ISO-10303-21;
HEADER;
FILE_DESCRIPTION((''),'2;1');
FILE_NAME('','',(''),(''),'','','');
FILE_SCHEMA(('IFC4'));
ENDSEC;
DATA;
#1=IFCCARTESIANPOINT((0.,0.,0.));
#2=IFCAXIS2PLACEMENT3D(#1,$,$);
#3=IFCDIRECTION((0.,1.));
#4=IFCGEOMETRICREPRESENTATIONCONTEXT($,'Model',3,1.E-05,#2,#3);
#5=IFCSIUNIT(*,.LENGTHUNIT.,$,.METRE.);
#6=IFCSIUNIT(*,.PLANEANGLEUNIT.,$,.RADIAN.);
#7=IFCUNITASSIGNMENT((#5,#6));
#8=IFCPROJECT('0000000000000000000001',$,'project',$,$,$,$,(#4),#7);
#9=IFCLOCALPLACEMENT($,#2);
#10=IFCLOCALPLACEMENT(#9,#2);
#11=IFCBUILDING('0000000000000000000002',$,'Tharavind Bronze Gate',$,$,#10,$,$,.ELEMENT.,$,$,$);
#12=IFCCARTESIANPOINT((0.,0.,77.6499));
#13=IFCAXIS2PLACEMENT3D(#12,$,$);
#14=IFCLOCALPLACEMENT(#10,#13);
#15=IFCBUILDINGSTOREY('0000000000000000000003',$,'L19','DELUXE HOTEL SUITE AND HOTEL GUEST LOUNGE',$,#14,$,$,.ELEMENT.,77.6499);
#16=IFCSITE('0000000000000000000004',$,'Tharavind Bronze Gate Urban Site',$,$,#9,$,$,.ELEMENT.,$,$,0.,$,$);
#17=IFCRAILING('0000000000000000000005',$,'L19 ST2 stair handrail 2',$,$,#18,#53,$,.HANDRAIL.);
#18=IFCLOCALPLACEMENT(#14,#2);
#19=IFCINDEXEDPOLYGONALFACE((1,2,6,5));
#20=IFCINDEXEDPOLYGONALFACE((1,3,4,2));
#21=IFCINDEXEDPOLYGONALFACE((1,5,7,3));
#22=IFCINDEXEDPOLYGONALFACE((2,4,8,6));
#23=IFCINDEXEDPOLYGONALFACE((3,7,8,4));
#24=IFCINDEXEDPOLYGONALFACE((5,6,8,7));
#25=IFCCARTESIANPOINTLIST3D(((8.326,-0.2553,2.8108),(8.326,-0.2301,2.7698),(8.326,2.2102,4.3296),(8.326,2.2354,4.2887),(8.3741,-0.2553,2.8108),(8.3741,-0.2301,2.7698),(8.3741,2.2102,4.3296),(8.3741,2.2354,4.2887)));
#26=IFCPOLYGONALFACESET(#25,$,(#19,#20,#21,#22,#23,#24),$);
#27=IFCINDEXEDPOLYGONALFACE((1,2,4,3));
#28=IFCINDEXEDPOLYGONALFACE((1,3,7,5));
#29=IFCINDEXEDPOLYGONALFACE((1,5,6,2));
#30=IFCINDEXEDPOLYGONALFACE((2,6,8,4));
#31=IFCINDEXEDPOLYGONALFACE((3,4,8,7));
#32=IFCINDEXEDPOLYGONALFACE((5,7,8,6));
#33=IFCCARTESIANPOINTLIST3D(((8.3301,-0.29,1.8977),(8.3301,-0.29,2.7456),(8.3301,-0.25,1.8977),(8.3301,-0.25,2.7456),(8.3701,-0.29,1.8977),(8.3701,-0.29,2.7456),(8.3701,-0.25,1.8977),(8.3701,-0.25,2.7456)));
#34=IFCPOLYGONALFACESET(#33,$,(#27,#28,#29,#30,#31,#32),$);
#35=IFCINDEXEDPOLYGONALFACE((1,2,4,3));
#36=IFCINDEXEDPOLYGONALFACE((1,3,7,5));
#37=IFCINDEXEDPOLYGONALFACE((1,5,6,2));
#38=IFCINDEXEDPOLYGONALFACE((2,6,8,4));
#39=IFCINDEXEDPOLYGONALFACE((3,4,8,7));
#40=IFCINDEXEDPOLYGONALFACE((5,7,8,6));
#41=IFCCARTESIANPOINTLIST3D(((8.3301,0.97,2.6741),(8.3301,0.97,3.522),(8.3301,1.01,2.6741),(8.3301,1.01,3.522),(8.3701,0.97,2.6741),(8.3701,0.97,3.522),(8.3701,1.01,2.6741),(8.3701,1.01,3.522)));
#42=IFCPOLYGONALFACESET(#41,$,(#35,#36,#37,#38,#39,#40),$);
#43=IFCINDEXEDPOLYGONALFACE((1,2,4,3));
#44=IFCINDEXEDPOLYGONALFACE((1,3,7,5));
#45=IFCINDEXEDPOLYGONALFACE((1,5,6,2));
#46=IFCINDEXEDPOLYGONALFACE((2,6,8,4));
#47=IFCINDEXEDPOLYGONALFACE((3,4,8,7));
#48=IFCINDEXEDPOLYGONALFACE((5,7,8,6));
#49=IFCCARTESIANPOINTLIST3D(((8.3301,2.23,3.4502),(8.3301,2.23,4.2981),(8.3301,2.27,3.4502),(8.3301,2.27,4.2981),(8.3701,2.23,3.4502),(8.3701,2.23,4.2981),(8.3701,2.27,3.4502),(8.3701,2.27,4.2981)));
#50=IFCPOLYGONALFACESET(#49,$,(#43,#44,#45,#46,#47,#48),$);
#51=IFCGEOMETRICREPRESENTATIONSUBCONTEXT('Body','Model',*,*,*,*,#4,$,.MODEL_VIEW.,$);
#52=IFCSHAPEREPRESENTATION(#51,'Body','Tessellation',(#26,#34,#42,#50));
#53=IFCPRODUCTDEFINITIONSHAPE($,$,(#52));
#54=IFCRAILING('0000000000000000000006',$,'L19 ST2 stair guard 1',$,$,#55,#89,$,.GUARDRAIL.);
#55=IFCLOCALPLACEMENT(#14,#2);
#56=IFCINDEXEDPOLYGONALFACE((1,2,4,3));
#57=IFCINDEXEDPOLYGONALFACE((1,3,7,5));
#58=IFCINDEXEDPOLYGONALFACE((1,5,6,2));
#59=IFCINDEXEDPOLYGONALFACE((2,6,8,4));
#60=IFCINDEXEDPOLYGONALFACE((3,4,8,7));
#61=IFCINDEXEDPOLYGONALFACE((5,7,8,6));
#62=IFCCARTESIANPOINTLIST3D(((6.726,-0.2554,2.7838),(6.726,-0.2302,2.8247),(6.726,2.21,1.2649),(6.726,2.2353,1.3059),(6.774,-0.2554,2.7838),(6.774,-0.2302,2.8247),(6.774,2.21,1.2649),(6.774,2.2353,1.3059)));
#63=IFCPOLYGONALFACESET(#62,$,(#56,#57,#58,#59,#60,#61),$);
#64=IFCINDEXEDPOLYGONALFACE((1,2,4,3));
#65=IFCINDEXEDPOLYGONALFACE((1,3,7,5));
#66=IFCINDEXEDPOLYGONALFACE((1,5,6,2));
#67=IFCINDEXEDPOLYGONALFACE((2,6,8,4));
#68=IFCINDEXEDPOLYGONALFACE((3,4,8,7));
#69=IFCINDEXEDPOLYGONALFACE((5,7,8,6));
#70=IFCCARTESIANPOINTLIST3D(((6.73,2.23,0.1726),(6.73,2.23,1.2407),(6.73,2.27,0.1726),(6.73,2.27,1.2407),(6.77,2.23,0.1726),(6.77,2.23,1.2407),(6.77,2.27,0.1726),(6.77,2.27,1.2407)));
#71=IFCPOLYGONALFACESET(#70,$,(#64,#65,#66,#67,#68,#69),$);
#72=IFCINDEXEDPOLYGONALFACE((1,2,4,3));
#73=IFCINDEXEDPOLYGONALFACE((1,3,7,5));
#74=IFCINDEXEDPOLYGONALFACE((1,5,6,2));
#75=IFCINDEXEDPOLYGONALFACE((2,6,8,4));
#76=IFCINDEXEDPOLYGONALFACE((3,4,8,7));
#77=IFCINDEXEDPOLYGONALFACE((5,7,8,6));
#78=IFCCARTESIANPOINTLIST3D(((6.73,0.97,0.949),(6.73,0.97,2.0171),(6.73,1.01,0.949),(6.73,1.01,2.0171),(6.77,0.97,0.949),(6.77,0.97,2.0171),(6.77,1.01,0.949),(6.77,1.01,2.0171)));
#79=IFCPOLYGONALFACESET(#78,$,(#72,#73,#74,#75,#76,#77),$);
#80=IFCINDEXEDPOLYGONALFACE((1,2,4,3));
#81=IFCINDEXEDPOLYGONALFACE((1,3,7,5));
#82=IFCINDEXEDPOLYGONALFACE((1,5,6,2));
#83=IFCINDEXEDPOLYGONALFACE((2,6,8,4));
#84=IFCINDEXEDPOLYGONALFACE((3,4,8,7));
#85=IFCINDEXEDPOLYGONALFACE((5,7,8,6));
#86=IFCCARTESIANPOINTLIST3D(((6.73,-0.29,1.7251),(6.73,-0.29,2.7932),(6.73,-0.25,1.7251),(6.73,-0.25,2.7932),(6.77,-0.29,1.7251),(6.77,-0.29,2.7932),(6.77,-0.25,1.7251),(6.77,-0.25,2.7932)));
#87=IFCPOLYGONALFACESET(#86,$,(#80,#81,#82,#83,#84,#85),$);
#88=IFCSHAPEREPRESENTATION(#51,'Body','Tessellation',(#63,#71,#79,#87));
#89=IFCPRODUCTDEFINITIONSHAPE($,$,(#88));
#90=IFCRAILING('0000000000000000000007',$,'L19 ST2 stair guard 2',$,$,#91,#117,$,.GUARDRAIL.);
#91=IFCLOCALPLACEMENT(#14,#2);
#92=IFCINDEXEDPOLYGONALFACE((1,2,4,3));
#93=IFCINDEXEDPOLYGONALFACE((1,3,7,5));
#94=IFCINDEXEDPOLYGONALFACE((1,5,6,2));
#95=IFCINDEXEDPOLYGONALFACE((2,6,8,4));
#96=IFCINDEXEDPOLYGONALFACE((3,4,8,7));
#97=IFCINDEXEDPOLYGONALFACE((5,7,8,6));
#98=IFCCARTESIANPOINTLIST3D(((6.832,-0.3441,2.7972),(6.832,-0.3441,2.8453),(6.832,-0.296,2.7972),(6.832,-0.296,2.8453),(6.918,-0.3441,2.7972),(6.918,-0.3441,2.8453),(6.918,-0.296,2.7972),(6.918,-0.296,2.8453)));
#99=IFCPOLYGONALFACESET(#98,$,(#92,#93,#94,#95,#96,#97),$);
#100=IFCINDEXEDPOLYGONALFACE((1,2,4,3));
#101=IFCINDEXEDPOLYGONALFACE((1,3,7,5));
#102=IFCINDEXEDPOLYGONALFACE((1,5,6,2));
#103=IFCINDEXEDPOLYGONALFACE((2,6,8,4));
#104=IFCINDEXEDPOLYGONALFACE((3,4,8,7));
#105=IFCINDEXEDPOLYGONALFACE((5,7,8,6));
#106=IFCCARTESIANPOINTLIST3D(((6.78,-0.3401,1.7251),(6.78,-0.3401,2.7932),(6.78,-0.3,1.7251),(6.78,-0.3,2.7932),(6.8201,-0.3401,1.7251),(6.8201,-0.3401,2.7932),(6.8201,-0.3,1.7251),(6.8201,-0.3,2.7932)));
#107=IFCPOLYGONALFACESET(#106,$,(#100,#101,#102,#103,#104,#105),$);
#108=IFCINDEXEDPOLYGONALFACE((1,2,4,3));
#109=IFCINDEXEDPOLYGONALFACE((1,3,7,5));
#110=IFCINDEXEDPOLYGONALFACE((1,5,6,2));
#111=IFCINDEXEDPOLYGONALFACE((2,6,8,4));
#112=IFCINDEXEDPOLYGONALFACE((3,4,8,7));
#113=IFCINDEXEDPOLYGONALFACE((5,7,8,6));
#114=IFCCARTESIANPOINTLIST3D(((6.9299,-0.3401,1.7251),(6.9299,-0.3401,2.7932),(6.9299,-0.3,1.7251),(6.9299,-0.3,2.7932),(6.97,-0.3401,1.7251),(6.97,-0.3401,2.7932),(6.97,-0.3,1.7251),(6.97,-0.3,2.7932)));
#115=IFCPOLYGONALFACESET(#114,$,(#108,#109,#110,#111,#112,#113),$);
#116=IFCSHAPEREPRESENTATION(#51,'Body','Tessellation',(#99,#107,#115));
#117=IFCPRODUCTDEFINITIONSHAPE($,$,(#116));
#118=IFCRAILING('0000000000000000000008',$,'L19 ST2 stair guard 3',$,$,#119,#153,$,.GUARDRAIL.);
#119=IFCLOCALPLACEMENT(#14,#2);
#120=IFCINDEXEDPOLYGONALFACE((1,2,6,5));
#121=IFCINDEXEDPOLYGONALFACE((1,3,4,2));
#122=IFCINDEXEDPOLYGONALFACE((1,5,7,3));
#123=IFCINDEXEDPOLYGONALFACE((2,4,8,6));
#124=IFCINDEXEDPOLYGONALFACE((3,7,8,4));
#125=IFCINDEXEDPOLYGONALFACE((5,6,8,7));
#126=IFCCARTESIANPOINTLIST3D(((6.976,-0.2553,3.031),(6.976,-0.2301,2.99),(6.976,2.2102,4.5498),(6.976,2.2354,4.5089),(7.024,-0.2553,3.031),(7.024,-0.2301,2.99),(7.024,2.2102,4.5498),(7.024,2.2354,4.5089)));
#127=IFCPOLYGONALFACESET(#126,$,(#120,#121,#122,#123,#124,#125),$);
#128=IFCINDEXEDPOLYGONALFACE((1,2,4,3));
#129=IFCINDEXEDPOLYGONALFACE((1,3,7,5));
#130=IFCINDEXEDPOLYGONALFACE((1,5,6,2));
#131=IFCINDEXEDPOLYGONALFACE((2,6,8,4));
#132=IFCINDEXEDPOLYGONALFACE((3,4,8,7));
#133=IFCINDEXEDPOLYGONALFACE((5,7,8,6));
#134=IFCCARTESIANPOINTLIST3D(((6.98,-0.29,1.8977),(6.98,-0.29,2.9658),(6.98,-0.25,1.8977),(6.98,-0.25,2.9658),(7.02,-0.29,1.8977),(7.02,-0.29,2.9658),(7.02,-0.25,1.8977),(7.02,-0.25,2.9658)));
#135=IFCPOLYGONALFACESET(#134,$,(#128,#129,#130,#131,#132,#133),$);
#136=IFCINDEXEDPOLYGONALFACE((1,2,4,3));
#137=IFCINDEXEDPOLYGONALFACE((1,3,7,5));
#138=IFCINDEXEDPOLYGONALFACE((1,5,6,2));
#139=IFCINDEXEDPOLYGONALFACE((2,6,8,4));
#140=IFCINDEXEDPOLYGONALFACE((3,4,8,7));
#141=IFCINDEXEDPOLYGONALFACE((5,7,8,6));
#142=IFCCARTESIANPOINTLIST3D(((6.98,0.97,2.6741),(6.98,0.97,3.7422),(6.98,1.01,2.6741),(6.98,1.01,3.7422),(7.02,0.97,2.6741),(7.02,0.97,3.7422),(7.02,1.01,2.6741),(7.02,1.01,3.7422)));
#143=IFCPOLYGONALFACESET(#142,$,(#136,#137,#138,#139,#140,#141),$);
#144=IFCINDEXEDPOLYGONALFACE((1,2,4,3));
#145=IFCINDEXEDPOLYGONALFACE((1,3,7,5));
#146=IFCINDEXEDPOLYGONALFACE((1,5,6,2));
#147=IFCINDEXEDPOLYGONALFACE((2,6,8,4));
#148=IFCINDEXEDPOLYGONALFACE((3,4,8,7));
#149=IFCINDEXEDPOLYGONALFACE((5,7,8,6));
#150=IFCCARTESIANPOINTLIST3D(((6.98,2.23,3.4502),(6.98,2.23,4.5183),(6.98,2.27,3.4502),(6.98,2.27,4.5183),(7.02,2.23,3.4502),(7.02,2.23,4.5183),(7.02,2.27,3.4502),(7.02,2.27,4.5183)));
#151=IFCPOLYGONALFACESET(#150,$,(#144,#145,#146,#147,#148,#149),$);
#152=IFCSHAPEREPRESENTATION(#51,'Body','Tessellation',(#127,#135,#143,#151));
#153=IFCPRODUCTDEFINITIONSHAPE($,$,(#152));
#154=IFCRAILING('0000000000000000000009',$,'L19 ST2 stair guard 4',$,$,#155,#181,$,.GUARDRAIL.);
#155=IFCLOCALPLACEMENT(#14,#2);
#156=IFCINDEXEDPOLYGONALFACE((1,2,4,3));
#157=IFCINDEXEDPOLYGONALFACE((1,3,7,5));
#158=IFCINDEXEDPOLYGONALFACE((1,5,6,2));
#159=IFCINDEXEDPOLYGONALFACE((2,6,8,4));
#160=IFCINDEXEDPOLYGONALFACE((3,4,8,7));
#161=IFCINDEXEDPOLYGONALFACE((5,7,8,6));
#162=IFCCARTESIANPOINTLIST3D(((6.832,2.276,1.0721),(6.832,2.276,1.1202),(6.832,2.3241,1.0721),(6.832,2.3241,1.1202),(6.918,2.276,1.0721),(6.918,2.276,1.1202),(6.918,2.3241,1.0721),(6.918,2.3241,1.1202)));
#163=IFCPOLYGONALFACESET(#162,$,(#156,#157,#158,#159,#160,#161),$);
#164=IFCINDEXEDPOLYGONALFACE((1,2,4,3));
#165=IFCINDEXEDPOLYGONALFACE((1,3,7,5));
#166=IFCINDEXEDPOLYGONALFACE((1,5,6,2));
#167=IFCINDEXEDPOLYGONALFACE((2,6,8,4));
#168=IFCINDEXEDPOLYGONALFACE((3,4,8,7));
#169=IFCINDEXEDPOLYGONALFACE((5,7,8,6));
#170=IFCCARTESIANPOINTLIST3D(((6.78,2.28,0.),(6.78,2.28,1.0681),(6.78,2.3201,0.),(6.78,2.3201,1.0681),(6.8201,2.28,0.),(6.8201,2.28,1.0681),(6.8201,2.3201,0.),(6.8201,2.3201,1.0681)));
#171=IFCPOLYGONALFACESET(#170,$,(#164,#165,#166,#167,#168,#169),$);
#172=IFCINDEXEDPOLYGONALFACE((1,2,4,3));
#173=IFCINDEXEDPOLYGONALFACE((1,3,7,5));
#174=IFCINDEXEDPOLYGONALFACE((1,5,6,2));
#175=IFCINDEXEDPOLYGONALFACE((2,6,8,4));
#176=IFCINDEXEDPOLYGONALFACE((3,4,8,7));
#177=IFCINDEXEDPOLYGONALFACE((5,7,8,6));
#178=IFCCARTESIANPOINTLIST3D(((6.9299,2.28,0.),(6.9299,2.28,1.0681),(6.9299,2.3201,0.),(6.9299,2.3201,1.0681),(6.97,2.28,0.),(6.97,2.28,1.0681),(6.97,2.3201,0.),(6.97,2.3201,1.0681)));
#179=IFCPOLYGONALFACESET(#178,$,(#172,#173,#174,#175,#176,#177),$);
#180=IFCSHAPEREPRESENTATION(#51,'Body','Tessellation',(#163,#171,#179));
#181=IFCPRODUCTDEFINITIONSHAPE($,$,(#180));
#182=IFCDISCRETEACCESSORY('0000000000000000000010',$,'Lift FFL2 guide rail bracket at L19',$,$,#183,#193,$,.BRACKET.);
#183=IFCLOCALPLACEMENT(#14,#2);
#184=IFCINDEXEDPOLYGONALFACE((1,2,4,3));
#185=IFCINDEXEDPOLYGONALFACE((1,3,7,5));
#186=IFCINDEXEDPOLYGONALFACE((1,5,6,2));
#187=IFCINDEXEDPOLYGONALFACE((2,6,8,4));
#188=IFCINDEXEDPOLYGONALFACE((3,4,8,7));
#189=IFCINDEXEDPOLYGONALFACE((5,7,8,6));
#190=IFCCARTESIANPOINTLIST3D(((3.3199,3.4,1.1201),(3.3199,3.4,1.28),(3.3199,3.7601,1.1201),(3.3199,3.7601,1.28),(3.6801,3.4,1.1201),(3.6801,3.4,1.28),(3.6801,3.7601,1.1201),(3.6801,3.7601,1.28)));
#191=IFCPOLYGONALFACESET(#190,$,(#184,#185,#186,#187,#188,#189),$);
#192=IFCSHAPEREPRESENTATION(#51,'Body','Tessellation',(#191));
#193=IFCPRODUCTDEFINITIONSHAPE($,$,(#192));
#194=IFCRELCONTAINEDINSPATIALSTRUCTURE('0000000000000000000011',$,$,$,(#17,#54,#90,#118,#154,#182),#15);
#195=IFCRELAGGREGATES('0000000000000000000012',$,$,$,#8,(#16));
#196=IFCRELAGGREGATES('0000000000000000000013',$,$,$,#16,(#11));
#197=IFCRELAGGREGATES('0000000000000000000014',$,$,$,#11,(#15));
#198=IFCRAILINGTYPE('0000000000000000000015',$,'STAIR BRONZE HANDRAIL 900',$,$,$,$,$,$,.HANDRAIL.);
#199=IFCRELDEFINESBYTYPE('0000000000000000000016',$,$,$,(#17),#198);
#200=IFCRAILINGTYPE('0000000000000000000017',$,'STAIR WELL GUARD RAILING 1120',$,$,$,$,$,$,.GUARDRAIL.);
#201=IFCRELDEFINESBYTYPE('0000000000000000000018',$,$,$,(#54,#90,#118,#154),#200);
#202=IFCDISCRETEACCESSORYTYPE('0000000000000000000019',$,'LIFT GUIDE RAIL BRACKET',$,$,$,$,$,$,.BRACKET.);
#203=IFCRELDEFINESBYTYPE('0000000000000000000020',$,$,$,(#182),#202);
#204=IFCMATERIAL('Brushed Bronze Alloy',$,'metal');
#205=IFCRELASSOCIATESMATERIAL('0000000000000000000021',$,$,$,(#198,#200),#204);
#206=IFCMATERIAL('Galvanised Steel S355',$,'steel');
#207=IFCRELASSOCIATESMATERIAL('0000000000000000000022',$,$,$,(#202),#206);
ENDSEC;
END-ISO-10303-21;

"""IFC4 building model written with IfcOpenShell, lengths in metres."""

from ifc_helpers import new_model, si_unit, direction, frame, origin, origin_2d, place, context, subcontext, project, spatial, rectangle, extrude, material, type_object, element, save


model = new_model("IFC4")

# Units and contexts
model_context = context("Model", 3, precision=1e-05, world=origin(), true_north=direction((0.0, 1.0)))
body_context = subcontext(model_context, "Body", "Model", "MODEL_VIEW")
ifc_project = project(units=[si_unit("LENGTHUNIT", "METRE"), si_unit("PLANEANGLEUNIT", "RADIAN")], contexts=[model_context])

# Site, building, storey
site_placement = place(None, origin())
site = spatial("IfcSite", under=ifc_project, at=site_placement, Name="Tharavind Bronze Gate Urban Site", CompositionType="ELEMENT", RefElevation=0.0)
building_placement = place(site_placement, origin())
building = spatial("IfcBuilding", under=site, at=building_placement, Name="Tharavind Bronze Gate", CompositionType="ELEMENT")
storey_placement = place(building_placement, frame((0.0, 0.0, 77.6499)))
storey = spatial("IfcBuildingStorey", under=building, at=storey_placement, Name="L19", Description="DELUXE HOTEL SUITE AND HOTEL GUEST LOUNGE", CompositionType="ELEMENT", Elevation=77.6499)

# Railings
ifc_material_1 = material(Name="Brushed Bronze Alloy", Category="metal")
railing_type_1 = type_object("IfcRailingType", Name="STAIR BRONZE HANDRAIL 900", PredefinedType="HANDRAIL", material=ifc_material_1)
railing_1_placement = place(storey_placement, frame((8.3501, -0.27, 1.8977)))
element("IfcRailing", 1, at=railing_1_placement, inside=storey, type_object=railing_type_1, Name="L19 ST2 stair handrail 2", PredefinedType="HANDRAIL", context=body_context, shape_type="SweptSolid", body=[
    extrude(rectangle(XDim=0.0481, YDim=0.0481, at=origin_2d()), frame((0.0, 0.0273, 0.8926), z_axis=(0.0, 0.8514, 0.524516), x_axis=(-1.0, 0.0, 0.0)), (0.0, 0.0, 1.0), 2.8958),
    extrude(rectangle(XDim=0.04, YDim=0.04, at=origin_2d()), origin(), (0.0, 0.0, 1.0), 0.8479),
    extrude(rectangle(XDim=0.04, YDim=0.04, at=origin_2d()), frame((0.0, 1.26, 0.7764)), (0.0, 0.0, 1.0), 0.8479),
    extrude(rectangle(XDim=0.04, YDim=0.04, at=origin_2d()), frame((0.0, 2.52, 1.5525)), (0.0, 0.0, 1.0), 0.8479),
])
railing_type_2 = type_object("IfcRailingType", Name="STAIR WELL GUARD RAILING 1120", PredefinedType="GUARDRAIL", material=ifc_material_1)
railing_2_placement = place(storey_placement, frame((6.75, 2.25, 0.1726)))
element("IfcRailing", 2, at=railing_2_placement, inside=storey, type_object=railing_type_2, Name="L19 ST2 stair guard 1", PredefinedType="GUARDRAIL", context=body_context, shape_type="SweptSolid", body=[
    extrude(rectangle(XDim=0.0481, YDim=0.0481, at=origin_2d()), frame((0.0, -0.0273, 1.1128), z_axis=(0.0, -0.8514, 0.524516), x_axis=(1.0, 0.0, 0.0)), (0.0, 0.0, 1.0), 2.8958),
    extrude(rectangle(XDim=0.04, YDim=0.04, at=origin_2d()), origin(), (0.0, 0.0, 1.0), 1.0681),
    extrude(rectangle(XDim=0.04, YDim=0.04, at=origin_2d()), frame((0.0, -1.26, 0.7764)), (0.0, 0.0, 1.0), 1.0681),
    extrude(rectangle(XDim=0.04, YDim=0.04, at=origin_2d()), frame((0.0, -2.52, 1.5525)), (0.0, 0.0, 1.0), 1.0681),
])
railing_3_placement = place(storey_placement, frame((6.8, -0.3201, 1.7251)))
element("IfcRailing", 3, at=railing_3_placement, inside=storey, type_object=railing_type_2, Name="L19 ST2 stair guard 2", PredefinedType="GUARDRAIL", context=body_context, shape_type="SweptSolid", body=[
    extrude(rectangle(XDim=0.0481, YDim=0.0481, at=origin_2d()), frame((0.032, 0.0, 1.0962), z_axis=(1.0, 0.0, 0.0), x_axis=(0.0, 1.0, 0.0)), (0.0, 0.0, 1.0), 0.0859),
    extrude(rectangle(XDim=0.04, YDim=0.04, at=origin_2d()), origin(), (0.0, 0.0, 1.0), 1.0681),
    extrude(rectangle(XDim=0.04, YDim=0.04, at=origin_2d()), frame((0.1499, 0.0, 0.0)), (0.0, 0.0, 1.0), 1.0681),
])
railing_4_placement = place(storey_placement, frame((7.0, -0.27, 1.8977)))
element("IfcRailing", 4, at=railing_4_placement, inside=storey, type_object=railing_type_2, Name="L19 ST2 stair guard 3", PredefinedType="GUARDRAIL", context=body_context, shape_type="SweptSolid", body=[
    extrude(rectangle(XDim=0.0481, YDim=0.0481, at=origin_2d()), frame((0.0, 0.0273, 1.1128), z_axis=(0.0, 0.8514, 0.524516), x_axis=(-1.0, 0.0, 0.0)), (0.0, 0.0, 1.0), 2.8958),
    extrude(rectangle(XDim=0.04, YDim=0.04, at=origin_2d()), origin(), (0.0, 0.0, 1.0), 1.0681),
    extrude(rectangle(XDim=0.04, YDim=0.04, at=origin_2d()), frame((0.0, 1.26, 0.7764)), (0.0, 0.0, 1.0), 1.0681),
    extrude(rectangle(XDim=0.04, YDim=0.04, at=origin_2d()), frame((0.0, 2.52, 1.5525)), (0.0, 0.0, 1.0), 1.0681),
])
railing_5_placement = place(storey_placement, frame((6.8, 2.3, 0.0)))
element("IfcRailing", 5, at=railing_5_placement, inside=storey, type_object=railing_type_2, Name="L19 ST2 stair guard 4", PredefinedType="GUARDRAIL", context=body_context, shape_type="SweptSolid", body=[
    extrude(rectangle(XDim=0.0481, YDim=0.0481, at=origin_2d()), frame((0.032, 0.0, 1.0962), z_axis=(1.0, 0.0, 0.0), x_axis=(0.0, 1.0, 0.0)), (0.0, 0.0, 1.0), 0.0859),
    extrude(rectangle(XDim=0.04, YDim=0.04, at=origin_2d()), origin(), (0.0, 0.0, 1.0), 1.0681),
    extrude(rectangle(XDim=0.04, YDim=0.04, at=origin_2d()), frame((0.1499, 0.0, 0.0)), (0.0, 0.0, 1.0), 1.0681),
])

# Discrete accessory
ifc_material_2 = material(Name="Galvanised Steel S355", Category="steel")
discrete_accessory_type = type_object("IfcDiscreteAccessoryType", Name="LIFT GUIDE RAIL BRACKET", PredefinedType="BRACKET", material=ifc_material_2)
discrete_accessory_placement = place(storey_placement, frame((3.5, 3.5801, 1.1201), z_axis=(0.0, 0.0, 1.0), x_axis=(1.0, 0.0, 0.0)))
element("IfcDiscreteAccessory", 6, at=discrete_accessory_placement, inside=storey, type_object=discrete_accessory_type, Name="Lift FFL2 guide rail bracket at L19", PredefinedType="BRACKET", context=body_context, shape_type="SweptSolid", body=[
    extrude(rectangle(XDim=0.3601, YDim=0.3601, at=origin_2d()), origin(), (0.0, 0.0, 1.0), 0.1599),
])

save(model, "model.ifc")
